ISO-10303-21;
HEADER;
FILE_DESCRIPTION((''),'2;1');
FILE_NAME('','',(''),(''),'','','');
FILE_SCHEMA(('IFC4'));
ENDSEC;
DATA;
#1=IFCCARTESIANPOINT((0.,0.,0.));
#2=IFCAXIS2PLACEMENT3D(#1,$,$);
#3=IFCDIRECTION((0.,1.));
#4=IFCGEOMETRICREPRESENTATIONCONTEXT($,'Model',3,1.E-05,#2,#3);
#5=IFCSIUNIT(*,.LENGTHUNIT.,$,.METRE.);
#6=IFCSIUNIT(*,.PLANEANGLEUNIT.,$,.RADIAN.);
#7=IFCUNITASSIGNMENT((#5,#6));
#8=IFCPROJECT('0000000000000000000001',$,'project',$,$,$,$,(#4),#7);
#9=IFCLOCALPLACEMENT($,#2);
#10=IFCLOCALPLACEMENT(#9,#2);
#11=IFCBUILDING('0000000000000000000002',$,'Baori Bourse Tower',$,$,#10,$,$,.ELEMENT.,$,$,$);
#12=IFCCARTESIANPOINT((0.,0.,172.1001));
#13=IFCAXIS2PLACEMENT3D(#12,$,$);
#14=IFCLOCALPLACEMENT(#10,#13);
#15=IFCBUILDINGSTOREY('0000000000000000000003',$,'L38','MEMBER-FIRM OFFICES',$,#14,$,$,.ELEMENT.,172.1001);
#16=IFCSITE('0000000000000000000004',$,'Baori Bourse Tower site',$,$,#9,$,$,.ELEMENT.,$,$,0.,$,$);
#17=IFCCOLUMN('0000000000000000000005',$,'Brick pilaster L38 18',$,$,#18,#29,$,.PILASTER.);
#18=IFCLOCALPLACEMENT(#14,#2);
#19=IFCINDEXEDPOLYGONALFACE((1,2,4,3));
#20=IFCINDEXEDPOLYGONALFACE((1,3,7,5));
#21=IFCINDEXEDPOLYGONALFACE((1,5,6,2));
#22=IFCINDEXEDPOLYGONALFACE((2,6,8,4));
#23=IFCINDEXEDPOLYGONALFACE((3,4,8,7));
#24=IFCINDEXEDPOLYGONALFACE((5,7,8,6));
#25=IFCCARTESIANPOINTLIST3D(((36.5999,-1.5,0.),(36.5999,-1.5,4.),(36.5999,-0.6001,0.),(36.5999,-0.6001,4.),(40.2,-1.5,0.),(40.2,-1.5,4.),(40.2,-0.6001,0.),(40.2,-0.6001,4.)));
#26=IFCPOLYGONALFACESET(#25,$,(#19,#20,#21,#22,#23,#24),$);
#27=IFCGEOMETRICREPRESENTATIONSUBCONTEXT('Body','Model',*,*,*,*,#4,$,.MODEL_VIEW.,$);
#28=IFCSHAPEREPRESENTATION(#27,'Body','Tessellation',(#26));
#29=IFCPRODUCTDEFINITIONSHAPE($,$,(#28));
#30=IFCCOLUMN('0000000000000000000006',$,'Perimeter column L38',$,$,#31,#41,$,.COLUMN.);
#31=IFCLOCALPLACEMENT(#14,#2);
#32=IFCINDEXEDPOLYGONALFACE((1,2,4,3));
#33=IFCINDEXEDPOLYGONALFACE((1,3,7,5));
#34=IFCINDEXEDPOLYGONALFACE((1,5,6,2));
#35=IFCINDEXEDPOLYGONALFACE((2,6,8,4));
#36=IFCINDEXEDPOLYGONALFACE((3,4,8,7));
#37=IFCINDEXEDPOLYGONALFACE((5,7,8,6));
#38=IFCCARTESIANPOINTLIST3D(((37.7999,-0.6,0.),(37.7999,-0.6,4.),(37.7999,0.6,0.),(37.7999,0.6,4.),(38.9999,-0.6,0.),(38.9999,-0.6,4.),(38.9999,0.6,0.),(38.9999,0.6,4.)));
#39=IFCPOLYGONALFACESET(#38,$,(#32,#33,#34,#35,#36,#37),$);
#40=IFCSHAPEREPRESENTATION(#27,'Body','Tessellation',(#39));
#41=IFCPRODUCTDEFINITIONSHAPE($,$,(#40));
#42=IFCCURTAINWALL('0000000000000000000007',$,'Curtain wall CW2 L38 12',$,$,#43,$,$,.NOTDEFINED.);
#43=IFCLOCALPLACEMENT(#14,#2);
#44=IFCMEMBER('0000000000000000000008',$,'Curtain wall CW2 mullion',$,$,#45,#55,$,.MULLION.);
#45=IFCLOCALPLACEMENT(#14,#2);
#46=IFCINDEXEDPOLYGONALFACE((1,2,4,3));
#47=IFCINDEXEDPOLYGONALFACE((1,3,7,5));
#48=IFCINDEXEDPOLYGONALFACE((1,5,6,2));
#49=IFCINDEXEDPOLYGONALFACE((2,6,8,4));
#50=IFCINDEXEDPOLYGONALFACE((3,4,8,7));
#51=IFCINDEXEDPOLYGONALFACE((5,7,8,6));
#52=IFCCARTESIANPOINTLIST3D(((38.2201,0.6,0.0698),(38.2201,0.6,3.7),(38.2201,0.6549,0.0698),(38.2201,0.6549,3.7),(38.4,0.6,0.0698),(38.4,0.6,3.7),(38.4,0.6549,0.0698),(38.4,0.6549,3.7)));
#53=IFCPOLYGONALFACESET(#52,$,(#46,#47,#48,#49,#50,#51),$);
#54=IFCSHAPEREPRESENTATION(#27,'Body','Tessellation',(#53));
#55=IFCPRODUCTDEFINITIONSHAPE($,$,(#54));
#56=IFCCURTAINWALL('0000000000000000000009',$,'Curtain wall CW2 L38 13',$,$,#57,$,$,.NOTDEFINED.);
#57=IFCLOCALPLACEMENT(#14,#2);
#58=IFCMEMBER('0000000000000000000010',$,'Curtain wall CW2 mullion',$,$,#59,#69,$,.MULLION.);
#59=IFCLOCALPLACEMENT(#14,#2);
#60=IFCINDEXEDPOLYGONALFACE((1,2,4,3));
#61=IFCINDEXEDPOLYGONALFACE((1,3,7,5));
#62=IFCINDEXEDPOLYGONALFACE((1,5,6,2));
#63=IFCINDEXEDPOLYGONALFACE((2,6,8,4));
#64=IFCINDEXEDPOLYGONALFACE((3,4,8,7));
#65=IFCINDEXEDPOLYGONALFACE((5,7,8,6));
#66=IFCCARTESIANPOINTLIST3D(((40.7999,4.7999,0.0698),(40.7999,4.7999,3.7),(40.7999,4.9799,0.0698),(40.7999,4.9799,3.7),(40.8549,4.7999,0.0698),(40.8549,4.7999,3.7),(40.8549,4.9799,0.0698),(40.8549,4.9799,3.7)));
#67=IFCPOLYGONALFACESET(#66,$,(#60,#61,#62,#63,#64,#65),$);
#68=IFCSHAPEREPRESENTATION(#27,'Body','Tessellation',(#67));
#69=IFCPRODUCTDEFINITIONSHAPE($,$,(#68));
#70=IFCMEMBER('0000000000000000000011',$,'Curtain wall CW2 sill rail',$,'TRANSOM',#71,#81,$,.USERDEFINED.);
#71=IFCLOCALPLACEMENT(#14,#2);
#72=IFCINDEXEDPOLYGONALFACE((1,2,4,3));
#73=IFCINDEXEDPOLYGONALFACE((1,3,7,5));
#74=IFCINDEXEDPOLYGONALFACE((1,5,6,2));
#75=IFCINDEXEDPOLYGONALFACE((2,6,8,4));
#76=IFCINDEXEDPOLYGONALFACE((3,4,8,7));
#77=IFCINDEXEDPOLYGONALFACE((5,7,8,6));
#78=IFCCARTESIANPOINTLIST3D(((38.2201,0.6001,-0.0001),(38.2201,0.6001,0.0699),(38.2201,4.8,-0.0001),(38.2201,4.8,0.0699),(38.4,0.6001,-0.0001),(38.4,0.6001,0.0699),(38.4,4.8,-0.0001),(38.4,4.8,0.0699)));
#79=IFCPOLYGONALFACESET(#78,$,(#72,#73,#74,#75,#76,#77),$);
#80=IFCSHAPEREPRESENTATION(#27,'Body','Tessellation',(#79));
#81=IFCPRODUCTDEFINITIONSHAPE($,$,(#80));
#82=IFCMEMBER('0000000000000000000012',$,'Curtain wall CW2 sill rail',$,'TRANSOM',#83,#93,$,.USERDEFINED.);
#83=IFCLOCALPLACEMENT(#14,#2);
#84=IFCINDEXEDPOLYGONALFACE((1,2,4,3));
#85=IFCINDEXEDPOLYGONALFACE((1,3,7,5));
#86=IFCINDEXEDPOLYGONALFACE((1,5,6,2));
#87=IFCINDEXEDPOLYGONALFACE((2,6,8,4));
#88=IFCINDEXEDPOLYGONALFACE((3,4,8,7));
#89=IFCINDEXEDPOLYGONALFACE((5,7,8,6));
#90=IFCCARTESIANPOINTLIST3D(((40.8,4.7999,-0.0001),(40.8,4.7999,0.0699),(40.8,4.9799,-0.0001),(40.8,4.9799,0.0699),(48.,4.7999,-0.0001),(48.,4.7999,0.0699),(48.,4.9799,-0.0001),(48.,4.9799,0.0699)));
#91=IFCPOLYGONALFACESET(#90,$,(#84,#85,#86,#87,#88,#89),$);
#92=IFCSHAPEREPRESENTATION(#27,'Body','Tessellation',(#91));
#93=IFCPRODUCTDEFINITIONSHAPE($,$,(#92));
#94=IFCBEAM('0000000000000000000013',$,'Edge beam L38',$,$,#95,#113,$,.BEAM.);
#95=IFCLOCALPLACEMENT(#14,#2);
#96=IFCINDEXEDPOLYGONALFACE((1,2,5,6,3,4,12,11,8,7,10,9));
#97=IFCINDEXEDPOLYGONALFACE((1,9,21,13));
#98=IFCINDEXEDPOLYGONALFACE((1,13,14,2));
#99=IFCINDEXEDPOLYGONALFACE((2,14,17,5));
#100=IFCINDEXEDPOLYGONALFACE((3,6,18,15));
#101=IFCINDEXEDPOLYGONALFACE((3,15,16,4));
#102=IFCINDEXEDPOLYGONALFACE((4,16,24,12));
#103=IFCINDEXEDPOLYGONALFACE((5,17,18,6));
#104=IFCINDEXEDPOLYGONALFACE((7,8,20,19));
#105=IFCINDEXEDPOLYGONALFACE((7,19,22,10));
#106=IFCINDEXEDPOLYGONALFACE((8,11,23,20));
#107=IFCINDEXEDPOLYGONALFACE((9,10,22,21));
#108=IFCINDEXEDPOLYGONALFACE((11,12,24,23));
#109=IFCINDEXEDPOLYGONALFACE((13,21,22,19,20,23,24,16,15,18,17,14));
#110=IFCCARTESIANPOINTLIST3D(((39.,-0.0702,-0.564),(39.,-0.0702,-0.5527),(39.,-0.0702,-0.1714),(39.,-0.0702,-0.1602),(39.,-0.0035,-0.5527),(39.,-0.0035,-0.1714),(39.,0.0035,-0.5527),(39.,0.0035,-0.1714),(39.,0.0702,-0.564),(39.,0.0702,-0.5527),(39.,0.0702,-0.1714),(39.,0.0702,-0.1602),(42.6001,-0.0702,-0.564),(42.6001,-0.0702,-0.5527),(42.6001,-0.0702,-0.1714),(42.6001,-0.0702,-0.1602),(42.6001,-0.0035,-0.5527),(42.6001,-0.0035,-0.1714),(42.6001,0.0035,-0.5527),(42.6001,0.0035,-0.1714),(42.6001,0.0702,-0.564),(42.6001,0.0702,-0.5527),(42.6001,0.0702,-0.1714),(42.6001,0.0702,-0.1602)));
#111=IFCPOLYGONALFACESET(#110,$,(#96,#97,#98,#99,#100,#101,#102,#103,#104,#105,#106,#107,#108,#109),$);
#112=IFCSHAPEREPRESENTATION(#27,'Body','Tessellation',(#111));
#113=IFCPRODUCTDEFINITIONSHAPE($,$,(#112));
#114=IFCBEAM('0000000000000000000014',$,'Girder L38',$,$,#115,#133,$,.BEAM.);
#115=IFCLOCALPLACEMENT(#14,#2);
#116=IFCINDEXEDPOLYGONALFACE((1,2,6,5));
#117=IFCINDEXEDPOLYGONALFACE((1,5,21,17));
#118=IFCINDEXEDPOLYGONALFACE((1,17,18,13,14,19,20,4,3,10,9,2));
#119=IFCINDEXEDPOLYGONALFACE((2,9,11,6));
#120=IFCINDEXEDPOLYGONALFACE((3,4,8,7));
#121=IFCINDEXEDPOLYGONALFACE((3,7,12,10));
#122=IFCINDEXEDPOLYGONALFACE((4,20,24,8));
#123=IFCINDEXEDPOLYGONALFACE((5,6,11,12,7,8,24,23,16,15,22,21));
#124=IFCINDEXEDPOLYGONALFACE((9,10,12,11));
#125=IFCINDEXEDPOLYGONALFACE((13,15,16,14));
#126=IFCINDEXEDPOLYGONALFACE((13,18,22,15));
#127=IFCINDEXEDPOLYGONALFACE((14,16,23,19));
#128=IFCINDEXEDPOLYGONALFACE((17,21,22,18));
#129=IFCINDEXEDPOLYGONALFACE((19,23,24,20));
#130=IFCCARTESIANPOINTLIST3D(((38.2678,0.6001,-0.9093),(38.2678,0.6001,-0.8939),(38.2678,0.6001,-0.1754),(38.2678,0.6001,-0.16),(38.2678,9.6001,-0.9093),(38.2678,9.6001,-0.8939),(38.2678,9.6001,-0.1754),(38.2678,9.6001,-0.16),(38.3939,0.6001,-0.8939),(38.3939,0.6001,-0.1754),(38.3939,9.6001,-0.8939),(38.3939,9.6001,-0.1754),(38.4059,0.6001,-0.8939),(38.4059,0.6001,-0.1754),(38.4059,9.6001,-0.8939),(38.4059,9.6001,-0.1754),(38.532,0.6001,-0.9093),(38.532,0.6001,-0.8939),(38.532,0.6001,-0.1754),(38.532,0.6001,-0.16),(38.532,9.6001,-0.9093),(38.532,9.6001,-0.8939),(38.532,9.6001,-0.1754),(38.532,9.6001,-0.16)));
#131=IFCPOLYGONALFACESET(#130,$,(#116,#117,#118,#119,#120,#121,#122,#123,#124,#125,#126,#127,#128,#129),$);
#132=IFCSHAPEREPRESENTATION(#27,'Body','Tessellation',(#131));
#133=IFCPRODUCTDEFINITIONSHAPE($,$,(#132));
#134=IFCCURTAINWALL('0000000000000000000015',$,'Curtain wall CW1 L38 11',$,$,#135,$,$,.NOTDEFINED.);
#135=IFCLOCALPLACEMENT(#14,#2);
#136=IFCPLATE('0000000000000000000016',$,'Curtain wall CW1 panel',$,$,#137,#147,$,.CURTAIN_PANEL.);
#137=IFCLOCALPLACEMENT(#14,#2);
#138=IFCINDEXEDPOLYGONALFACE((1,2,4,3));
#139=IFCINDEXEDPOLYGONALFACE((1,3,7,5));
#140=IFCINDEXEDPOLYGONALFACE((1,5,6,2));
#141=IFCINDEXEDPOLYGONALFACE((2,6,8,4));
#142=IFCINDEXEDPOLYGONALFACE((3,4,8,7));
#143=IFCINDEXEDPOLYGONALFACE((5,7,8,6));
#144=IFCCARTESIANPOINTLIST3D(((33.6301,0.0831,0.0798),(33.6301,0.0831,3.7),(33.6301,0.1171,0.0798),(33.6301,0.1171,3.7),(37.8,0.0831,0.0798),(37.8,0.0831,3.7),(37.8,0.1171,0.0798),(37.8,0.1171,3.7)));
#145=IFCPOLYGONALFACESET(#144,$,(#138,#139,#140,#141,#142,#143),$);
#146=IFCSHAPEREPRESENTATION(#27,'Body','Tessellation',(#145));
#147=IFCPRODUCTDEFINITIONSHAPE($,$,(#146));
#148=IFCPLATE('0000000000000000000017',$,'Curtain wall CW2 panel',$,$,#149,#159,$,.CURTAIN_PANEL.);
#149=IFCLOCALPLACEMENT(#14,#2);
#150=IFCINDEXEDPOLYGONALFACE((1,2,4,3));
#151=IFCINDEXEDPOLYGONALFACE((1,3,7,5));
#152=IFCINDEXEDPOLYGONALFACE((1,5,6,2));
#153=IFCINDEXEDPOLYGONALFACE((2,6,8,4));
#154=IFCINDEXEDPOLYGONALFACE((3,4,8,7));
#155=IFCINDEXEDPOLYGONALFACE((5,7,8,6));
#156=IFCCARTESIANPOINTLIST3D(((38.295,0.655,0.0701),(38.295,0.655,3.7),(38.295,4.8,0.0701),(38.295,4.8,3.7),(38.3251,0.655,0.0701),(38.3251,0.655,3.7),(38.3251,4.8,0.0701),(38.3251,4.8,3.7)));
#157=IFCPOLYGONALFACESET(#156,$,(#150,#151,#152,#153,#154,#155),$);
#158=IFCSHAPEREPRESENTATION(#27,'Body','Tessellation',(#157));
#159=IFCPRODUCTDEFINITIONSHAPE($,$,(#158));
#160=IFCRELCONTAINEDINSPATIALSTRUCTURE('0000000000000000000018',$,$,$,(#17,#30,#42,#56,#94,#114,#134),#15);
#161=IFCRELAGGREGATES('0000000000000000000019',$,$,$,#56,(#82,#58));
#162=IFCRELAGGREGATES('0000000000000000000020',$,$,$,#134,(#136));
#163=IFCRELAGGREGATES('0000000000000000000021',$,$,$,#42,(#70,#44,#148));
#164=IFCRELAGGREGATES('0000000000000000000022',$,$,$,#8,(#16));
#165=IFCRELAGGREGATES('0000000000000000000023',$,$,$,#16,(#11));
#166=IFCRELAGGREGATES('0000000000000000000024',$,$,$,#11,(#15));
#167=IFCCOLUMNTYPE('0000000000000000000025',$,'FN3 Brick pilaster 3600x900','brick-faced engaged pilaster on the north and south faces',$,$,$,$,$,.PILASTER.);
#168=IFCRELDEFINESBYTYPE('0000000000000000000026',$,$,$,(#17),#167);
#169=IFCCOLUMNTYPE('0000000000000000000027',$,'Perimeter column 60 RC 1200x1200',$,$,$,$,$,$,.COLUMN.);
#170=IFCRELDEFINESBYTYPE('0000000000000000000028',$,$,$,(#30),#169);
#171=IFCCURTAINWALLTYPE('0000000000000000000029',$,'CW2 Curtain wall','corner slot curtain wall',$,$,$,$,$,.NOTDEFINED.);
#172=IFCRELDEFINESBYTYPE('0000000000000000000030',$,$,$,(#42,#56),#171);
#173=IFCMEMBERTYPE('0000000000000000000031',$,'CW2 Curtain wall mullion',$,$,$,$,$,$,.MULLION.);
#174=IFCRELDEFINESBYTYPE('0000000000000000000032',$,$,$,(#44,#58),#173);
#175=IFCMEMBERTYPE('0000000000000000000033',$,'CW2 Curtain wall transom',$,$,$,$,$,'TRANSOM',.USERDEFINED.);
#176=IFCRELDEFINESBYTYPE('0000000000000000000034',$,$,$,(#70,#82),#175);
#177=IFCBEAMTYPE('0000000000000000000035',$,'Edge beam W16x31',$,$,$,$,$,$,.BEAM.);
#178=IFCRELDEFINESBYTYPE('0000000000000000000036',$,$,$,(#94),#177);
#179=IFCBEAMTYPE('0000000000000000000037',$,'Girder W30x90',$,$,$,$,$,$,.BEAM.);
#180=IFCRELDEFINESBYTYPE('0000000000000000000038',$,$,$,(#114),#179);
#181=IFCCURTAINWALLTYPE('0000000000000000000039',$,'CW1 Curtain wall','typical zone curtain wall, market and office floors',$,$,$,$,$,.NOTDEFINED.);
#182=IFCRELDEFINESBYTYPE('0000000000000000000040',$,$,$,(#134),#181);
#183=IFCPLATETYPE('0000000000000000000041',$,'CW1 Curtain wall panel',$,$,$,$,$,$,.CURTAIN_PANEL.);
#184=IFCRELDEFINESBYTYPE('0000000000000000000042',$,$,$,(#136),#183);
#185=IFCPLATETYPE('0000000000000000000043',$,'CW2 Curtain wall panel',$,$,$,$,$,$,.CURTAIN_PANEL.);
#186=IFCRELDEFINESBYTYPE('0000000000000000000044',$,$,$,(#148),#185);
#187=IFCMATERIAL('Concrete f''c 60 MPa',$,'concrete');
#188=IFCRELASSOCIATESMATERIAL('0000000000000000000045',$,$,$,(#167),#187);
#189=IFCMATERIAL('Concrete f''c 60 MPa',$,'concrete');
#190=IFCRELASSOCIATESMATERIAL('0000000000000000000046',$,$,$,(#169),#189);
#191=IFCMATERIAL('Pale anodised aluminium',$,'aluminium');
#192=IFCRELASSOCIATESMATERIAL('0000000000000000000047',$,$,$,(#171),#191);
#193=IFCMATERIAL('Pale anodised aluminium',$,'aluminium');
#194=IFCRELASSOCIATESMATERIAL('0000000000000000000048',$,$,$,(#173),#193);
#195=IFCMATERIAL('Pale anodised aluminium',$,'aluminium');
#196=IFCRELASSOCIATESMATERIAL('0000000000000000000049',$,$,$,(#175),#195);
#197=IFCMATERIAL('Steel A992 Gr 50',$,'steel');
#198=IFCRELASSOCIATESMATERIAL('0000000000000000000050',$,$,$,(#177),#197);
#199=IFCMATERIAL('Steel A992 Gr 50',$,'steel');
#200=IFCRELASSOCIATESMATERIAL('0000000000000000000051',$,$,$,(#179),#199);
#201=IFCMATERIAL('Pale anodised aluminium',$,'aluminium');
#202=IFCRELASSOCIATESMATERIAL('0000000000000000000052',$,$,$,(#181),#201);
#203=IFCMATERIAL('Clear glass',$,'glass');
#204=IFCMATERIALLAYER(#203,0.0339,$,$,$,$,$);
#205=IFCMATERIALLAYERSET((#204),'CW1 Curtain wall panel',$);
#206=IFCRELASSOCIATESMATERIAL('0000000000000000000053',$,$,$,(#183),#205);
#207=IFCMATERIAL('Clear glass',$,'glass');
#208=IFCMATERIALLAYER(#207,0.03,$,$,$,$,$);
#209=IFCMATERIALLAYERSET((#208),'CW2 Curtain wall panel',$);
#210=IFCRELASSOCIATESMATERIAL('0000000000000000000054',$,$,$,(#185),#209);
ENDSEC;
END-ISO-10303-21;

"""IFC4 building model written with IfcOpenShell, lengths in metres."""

from ifc_helpers import new_model, si_unit, direction, frame, origin, origin_2d, place, context, subcontext, project, spatial, rectangle, i_section, extrude, material, layer, layer_set, material_profile, profile_set, type_object, element, aggregate, save


model = new_model("IFC4")

# Units and contexts
model_context = context("Model", 3, precision=1e-05, world=origin(), true_north=direction((0.0, 1.0)))
body_context = subcontext(model_context, "Body", "Model", "MODEL_VIEW")
ifc_project = project(units=[si_unit("LENGTHUNIT", "METRE"), si_unit("PLANEANGLEUNIT", "RADIAN")], contexts=[model_context])

# Site, building, storey
site_placement = place(None, origin())
site = spatial("IfcSite", under=ifc_project, at=site_placement, Name="Baori Bourse Tower site", CompositionType="ELEMENT", RefElevation=0.0)
building_placement = place(site_placement, origin())
building = spatial("IfcBuilding", under=site, at=building_placement, Name="Baori Bourse Tower", CompositionType="ELEMENT")
storey_placement = place(building_placement, frame((0.0, 0.0, 172.1001)))
storey = spatial("IfcBuildingStorey", under=building, at=storey_placement, Name="L38", Description="MEMBER-FIRM OFFICES", CompositionType="ELEMENT", Elevation=172.1001)

# Columns
ifc_material_1 = material(Name="Concrete f'c 60 MPa", Category="concrete")
ifc_material_profile_1 = material_profile(ifc_material_1, rectangle(XDim=3.6001, YDim=0.8999, at=origin_2d()), Name="RC 3600x900")
ifc_profile_set_1 = profile_set([ifc_material_profile_1], Name="Concrete f'c 60 MPa")
column_type_1 = type_object("IfcColumnType", Name="FN3 Brick pilaster 3600x900", Description="brick-faced engaged pilaster on the north and south faces", PredefinedType="PILASTER", material=ifc_profile_set_1)
column_1_placement = place(storey_placement, frame((38.3999, -1.05, 0.0), z_axis=(0.0, 0.0, 1.0), x_axis=(1.0, 0.0, 0.0)))
element("IfcColumn", 1, at=column_1_placement, inside=storey, type_object=column_type_1, Name="Brick pilaster L38 18", PredefinedType="PILASTER", context=body_context, shape_type="SweptSolid", body=[
    extrude(rectangle(XDim=3.6001, YDim=0.8999, at=origin_2d()), origin(), (0.0, 0.0, 1.0), 4.0),
])
ifc_material_2 = material(Name="Concrete f'c 60 MPa", Category="concrete")
ifc_material_profile_2 = material_profile(ifc_material_2, rectangle(XDim=1.2, YDim=1.2, at=origin_2d()), Name="RC 1200x1200")
ifc_profile_set_2 = profile_set([ifc_material_profile_2], Name="Concrete f'c 60 MPa")
column_type_2 = type_object("IfcColumnType", Name="Perimeter column 60 RC 1200x1200", PredefinedType="COLUMN", material=ifc_profile_set_2)
column_2_placement = place(storey_placement, frame((38.3999, 0.0, 0.0), z_axis=(0.0, 0.0, 1.0), x_axis=(1.0, 0.0, 0.0)))
element("IfcColumn", 2, at=column_2_placement, inside=storey, type_object=column_type_2, Name="Perimeter column L38", PredefinedType="COLUMN", context=body_context, shape_type="SweptSolid", body=[
    extrude(rectangle(XDim=1.2, YDim=1.2, at=origin_2d()), origin(), (0.0, 0.0, 1.0), 4.0),
])

# Curtain walls, members
ifc_material_3 = material(Name="Pale anodised aluminium", Category="aluminium")
curtain_wall_type_1 = type_object("IfcCurtainWallType", Name="CW2 Curtain wall", Description="corner slot curtain wall", PredefinedType="NOTDEFINED", material=ifc_material_3)
curtain_wall_1_placement = place(storey_placement, origin())
curtain_wall_1 = element("IfcCurtainWall", 3, at=curtain_wall_1_placement, inside=storey, type_object=curtain_wall_type_1, Name="Curtain wall CW2 L38 12", PredefinedType="NOTDEFINED")
ifc_material_4 = material(Name="Pale anodised aluminium", Category="aluminium")
ifc_material_profile_3 = material_profile(ifc_material_4, rectangle(XDim=0.1799, YDim=0.0549, at=origin_2d()), Name="Mullion 55x180")
ifc_profile_set_3 = profile_set([ifc_material_profile_3], Name="Pale anodised aluminium")
member_type_1 = type_object("IfcMemberType", Name="CW2 Curtain wall mullion", PredefinedType="MULLION", material=ifc_profile_set_3)
member_1_placement = place(storey_placement, frame((38.3101, 0.6274, 0.0698), z_axis=(0.0, 0.0, 1.0), x_axis=(-1.0, 0.0, 0.0)))
member_1 = element("IfcMember", 4, at=member_1_placement, type_object=member_type_1, Name="Curtain wall CW2 mullion", PredefinedType="MULLION", context=body_context, shape_type="SweptSolid", body=[
    extrude(rectangle(XDim=0.1799, YDim=0.0549, at=origin_2d()), origin(), (0.0, 0.0, 1.0), 3.6301),
])
curtain_wall_2_placement = place(storey_placement, origin())
curtain_wall_2 = element("IfcCurtainWall", 5, at=curtain_wall_2_placement, inside=storey, type_object=curtain_wall_type_1, Name="Curtain wall CW2 L38 13", PredefinedType="NOTDEFINED")
member_2_placement = place(storey_placement, frame((40.8274, 4.8899, 0.0698), z_axis=(0.0, 0.0, 1.0), x_axis=(0.0, 1.0, 0.0)))
member_2 = element("IfcMember", 6, at=member_2_placement, type_object=member_type_1, Name="Curtain wall CW2 mullion", PredefinedType="MULLION", context=body_context, shape_type="SweptSolid", body=[
    extrude(rectangle(XDim=0.1799, YDim=0.0549, at=origin_2d()), origin(), (0.0, 0.0, 1.0), 3.6301),
])

# Members
ifc_material_5 = material(Name="Pale anodised aluminium", Category="aluminium")
ifc_material_profile_4 = material_profile(ifc_material_5, rectangle(XDim=0.1799, YDim=0.0701, at=origin_2d()), Name="Transom 70x180")
ifc_profile_set_4 = profile_set([ifc_material_profile_4], Name="Pale anodised aluminium")
member_type_2 = type_object("IfcMemberType", Name="CW2 Curtain wall transom", ElementType="TRANSOM", PredefinedType="USERDEFINED", material=ifc_profile_set_4)
member_3_placement = place(storey_placement, frame((38.3101, 0.6001, 0.0349), z_axis=(0.0, 1.0, 0.0), x_axis=(-1.0, 0.0, 0.0)))
member_3 = element("IfcMember", 7, at=member_3_placement, type_object=member_type_2, Name="Curtain wall CW2 sill rail", ObjectType="TRANSOM", PredefinedType="USERDEFINED", context=body_context, shape_type="SweptSolid", body=[
    extrude(rectangle(XDim=0.1799, YDim=0.0701, at=origin_2d()), origin(), (0.0, 0.0, 1.0), 4.2),
])
member_4_placement = place(storey_placement, frame((40.8, 4.8899, 0.0349), z_axis=(1.0, 0.0, 0.0), x_axis=(0.0, 1.0, 0.0)))
member_4 = element("IfcMember", 8, at=member_4_placement, type_object=member_type_2, Name="Curtain wall CW2 sill rail", ObjectType="TRANSOM", PredefinedType="USERDEFINED", context=body_context, shape_type="SweptSolid", body=[
    extrude(rectangle(XDim=0.1799, YDim=0.0701, at=origin_2d()), origin(), (0.0, 0.0, 1.0), 7.2),
])
aggregate(curtain_wall_2, [member_4, member_2])

# Beams
ifc_material_6 = material(Name="Steel A992 Gr 50", Category="steel")
ifc_material_profile_5 = material_profile(ifc_material_6, i_section(OverallWidth=0.1404, OverallDepth=0.4038, WebThickness=0.0071, FlangeThickness=0.0112, at=origin_2d()), Name="W16x31")
ifc_profile_set_5 = profile_set([ifc_material_profile_5], Name="Steel A992 Gr 50")
beam_type_1 = type_object("IfcBeamType", Name="Edge beam W16x31", PredefinedType="BEAM", material=ifc_profile_set_5)
beam_1_placement = place(storey_placement, frame((39.0, 0.0, -0.3621), z_axis=(1.0, 0.0, 0.0), x_axis=(0.0, 1.0, 0.0)))
element("IfcBeam", 9, at=beam_1_placement, inside=storey, type_object=beam_type_1, Name="Edge beam L38", PredefinedType="BEAM", context=body_context, shape_type="SweptSolid", body=[
    extrude(i_section(OverallWidth=0.1404, OverallDepth=0.4038, WebThickness=0.0071, FlangeThickness=0.0112, at=origin_2d()), origin(), (0.0, 0.0, 1.0), 3.6001),
])
ifc_material_7 = material(Name="Steel A992 Gr 50", Category="steel")
ifc_material_profile_6 = material_profile(ifc_material_7, i_section(OverallWidth=0.2642, OverallDepth=0.7493, WebThickness=0.012, FlangeThickness=0.0154, at=origin_2d()), Name="W30x90")
ifc_profile_set_6 = profile_set([ifc_material_profile_6], Name="Steel A992 Gr 50")
beam_type_2 = type_object("IfcBeamType", Name="Girder W30x90", PredefinedType="BEAM", material=ifc_profile_set_6)
beam_2_placement = place(storey_placement, frame((38.3999, 0.6001, -0.5347), z_axis=(0.0, 1.0, 0.0), x_axis=(-1.0, 0.0, 0.0)))
element("IfcBeam", 10, at=beam_2_placement, inside=storey, type_object=beam_type_2, Name="Girder L38", PredefinedType="BEAM", context=body_context, shape_type="SweptSolid", body=[
    extrude(i_section(OverallWidth=0.2642, OverallDepth=0.7493, WebThickness=0.012, FlangeThickness=0.0154, at=origin_2d()), origin(), (0.0, 0.0, 1.0), 9.0),
])

# Curtain wall, plate
ifc_material_8 = material(Name="Pale anodised aluminium", Category="aluminium")
curtain_wall_type_2 = type_object("IfcCurtainWallType", Name="CW1 Curtain wall", Description="typical zone curtain wall, market and office floors", PredefinedType="NOTDEFINED", material=ifc_material_8)
curtain_wall_3_placement = place(storey_placement, origin())
curtain_wall_3 = element("IfcCurtainWall", 11, at=curtain_wall_3_placement, inside=storey, type_object=curtain_wall_type_2, Name="Curtain wall CW1 L38 11", PredefinedType="NOTDEFINED")
ifc_material_9 = material(Name="Clear glass", Category="glass")
ifc_layer_1 = layer(ifc_material_9, 0.0339)
ifc_layer_set_1 = layer_set([ifc_layer_1], Name="CW1 Curtain wall panel")
plate_type_1 = type_object("IfcPlateType", Name="CW1 Curtain wall panel", PredefinedType="CURTAIN_PANEL", material=ifc_layer_set_1)
plate_1_placement = place(storey_placement, frame((35.7151, 0.1001, 0.0798), z_axis=(0.0, 0.0, 1.0), x_axis=(1.0, 0.0, 0.0)))
plate_1 = element("IfcPlate", 12, at=plate_1_placement, type_object=plate_type_1, Name="Curtain wall CW1 panel", PredefinedType="CURTAIN_PANEL", context=body_context, shape_type="SweptSolid", body=[
    extrude(rectangle(XDim=4.1699, YDim=0.0339, at=origin_2d()), origin(), (0.0, 0.0, 1.0), 3.6201),
])
aggregate(curtain_wall_3, [plate_1])

# Plate
ifc_material_10 = material(Name="Clear glass", Category="glass")
ifc_layer_2 = layer(ifc_material_10, 0.03)
ifc_layer_set_2 = layer_set([ifc_layer_2], Name="CW2 Curtain wall panel")
plate_type_2 = type_object("IfcPlateType", Name="CW2 Curtain wall panel", PredefinedType="CURTAIN_PANEL", material=ifc_layer_set_2)
plate_2_placement = place(storey_placement, frame((38.3101, 2.7275, 0.0701), z_axis=(0.0, 0.0, 1.0), x_axis=(0.0, 1.0, 0.0)))
plate_2 = element("IfcPlate", 13, at=plate_2_placement, type_object=plate_type_2, Name="Curtain wall CW2 panel", PredefinedType="CURTAIN_PANEL", context=body_context, shape_type="SweptSolid", body=[
    extrude(rectangle(XDim=4.145, YDim=0.03, at=origin_2d()), origin(), (0.0, 0.0, 1.0), 3.6299),
])
aggregate(curtain_wall_1, [member_3, member_1, plate_2])

save(model, "model.ifc")
